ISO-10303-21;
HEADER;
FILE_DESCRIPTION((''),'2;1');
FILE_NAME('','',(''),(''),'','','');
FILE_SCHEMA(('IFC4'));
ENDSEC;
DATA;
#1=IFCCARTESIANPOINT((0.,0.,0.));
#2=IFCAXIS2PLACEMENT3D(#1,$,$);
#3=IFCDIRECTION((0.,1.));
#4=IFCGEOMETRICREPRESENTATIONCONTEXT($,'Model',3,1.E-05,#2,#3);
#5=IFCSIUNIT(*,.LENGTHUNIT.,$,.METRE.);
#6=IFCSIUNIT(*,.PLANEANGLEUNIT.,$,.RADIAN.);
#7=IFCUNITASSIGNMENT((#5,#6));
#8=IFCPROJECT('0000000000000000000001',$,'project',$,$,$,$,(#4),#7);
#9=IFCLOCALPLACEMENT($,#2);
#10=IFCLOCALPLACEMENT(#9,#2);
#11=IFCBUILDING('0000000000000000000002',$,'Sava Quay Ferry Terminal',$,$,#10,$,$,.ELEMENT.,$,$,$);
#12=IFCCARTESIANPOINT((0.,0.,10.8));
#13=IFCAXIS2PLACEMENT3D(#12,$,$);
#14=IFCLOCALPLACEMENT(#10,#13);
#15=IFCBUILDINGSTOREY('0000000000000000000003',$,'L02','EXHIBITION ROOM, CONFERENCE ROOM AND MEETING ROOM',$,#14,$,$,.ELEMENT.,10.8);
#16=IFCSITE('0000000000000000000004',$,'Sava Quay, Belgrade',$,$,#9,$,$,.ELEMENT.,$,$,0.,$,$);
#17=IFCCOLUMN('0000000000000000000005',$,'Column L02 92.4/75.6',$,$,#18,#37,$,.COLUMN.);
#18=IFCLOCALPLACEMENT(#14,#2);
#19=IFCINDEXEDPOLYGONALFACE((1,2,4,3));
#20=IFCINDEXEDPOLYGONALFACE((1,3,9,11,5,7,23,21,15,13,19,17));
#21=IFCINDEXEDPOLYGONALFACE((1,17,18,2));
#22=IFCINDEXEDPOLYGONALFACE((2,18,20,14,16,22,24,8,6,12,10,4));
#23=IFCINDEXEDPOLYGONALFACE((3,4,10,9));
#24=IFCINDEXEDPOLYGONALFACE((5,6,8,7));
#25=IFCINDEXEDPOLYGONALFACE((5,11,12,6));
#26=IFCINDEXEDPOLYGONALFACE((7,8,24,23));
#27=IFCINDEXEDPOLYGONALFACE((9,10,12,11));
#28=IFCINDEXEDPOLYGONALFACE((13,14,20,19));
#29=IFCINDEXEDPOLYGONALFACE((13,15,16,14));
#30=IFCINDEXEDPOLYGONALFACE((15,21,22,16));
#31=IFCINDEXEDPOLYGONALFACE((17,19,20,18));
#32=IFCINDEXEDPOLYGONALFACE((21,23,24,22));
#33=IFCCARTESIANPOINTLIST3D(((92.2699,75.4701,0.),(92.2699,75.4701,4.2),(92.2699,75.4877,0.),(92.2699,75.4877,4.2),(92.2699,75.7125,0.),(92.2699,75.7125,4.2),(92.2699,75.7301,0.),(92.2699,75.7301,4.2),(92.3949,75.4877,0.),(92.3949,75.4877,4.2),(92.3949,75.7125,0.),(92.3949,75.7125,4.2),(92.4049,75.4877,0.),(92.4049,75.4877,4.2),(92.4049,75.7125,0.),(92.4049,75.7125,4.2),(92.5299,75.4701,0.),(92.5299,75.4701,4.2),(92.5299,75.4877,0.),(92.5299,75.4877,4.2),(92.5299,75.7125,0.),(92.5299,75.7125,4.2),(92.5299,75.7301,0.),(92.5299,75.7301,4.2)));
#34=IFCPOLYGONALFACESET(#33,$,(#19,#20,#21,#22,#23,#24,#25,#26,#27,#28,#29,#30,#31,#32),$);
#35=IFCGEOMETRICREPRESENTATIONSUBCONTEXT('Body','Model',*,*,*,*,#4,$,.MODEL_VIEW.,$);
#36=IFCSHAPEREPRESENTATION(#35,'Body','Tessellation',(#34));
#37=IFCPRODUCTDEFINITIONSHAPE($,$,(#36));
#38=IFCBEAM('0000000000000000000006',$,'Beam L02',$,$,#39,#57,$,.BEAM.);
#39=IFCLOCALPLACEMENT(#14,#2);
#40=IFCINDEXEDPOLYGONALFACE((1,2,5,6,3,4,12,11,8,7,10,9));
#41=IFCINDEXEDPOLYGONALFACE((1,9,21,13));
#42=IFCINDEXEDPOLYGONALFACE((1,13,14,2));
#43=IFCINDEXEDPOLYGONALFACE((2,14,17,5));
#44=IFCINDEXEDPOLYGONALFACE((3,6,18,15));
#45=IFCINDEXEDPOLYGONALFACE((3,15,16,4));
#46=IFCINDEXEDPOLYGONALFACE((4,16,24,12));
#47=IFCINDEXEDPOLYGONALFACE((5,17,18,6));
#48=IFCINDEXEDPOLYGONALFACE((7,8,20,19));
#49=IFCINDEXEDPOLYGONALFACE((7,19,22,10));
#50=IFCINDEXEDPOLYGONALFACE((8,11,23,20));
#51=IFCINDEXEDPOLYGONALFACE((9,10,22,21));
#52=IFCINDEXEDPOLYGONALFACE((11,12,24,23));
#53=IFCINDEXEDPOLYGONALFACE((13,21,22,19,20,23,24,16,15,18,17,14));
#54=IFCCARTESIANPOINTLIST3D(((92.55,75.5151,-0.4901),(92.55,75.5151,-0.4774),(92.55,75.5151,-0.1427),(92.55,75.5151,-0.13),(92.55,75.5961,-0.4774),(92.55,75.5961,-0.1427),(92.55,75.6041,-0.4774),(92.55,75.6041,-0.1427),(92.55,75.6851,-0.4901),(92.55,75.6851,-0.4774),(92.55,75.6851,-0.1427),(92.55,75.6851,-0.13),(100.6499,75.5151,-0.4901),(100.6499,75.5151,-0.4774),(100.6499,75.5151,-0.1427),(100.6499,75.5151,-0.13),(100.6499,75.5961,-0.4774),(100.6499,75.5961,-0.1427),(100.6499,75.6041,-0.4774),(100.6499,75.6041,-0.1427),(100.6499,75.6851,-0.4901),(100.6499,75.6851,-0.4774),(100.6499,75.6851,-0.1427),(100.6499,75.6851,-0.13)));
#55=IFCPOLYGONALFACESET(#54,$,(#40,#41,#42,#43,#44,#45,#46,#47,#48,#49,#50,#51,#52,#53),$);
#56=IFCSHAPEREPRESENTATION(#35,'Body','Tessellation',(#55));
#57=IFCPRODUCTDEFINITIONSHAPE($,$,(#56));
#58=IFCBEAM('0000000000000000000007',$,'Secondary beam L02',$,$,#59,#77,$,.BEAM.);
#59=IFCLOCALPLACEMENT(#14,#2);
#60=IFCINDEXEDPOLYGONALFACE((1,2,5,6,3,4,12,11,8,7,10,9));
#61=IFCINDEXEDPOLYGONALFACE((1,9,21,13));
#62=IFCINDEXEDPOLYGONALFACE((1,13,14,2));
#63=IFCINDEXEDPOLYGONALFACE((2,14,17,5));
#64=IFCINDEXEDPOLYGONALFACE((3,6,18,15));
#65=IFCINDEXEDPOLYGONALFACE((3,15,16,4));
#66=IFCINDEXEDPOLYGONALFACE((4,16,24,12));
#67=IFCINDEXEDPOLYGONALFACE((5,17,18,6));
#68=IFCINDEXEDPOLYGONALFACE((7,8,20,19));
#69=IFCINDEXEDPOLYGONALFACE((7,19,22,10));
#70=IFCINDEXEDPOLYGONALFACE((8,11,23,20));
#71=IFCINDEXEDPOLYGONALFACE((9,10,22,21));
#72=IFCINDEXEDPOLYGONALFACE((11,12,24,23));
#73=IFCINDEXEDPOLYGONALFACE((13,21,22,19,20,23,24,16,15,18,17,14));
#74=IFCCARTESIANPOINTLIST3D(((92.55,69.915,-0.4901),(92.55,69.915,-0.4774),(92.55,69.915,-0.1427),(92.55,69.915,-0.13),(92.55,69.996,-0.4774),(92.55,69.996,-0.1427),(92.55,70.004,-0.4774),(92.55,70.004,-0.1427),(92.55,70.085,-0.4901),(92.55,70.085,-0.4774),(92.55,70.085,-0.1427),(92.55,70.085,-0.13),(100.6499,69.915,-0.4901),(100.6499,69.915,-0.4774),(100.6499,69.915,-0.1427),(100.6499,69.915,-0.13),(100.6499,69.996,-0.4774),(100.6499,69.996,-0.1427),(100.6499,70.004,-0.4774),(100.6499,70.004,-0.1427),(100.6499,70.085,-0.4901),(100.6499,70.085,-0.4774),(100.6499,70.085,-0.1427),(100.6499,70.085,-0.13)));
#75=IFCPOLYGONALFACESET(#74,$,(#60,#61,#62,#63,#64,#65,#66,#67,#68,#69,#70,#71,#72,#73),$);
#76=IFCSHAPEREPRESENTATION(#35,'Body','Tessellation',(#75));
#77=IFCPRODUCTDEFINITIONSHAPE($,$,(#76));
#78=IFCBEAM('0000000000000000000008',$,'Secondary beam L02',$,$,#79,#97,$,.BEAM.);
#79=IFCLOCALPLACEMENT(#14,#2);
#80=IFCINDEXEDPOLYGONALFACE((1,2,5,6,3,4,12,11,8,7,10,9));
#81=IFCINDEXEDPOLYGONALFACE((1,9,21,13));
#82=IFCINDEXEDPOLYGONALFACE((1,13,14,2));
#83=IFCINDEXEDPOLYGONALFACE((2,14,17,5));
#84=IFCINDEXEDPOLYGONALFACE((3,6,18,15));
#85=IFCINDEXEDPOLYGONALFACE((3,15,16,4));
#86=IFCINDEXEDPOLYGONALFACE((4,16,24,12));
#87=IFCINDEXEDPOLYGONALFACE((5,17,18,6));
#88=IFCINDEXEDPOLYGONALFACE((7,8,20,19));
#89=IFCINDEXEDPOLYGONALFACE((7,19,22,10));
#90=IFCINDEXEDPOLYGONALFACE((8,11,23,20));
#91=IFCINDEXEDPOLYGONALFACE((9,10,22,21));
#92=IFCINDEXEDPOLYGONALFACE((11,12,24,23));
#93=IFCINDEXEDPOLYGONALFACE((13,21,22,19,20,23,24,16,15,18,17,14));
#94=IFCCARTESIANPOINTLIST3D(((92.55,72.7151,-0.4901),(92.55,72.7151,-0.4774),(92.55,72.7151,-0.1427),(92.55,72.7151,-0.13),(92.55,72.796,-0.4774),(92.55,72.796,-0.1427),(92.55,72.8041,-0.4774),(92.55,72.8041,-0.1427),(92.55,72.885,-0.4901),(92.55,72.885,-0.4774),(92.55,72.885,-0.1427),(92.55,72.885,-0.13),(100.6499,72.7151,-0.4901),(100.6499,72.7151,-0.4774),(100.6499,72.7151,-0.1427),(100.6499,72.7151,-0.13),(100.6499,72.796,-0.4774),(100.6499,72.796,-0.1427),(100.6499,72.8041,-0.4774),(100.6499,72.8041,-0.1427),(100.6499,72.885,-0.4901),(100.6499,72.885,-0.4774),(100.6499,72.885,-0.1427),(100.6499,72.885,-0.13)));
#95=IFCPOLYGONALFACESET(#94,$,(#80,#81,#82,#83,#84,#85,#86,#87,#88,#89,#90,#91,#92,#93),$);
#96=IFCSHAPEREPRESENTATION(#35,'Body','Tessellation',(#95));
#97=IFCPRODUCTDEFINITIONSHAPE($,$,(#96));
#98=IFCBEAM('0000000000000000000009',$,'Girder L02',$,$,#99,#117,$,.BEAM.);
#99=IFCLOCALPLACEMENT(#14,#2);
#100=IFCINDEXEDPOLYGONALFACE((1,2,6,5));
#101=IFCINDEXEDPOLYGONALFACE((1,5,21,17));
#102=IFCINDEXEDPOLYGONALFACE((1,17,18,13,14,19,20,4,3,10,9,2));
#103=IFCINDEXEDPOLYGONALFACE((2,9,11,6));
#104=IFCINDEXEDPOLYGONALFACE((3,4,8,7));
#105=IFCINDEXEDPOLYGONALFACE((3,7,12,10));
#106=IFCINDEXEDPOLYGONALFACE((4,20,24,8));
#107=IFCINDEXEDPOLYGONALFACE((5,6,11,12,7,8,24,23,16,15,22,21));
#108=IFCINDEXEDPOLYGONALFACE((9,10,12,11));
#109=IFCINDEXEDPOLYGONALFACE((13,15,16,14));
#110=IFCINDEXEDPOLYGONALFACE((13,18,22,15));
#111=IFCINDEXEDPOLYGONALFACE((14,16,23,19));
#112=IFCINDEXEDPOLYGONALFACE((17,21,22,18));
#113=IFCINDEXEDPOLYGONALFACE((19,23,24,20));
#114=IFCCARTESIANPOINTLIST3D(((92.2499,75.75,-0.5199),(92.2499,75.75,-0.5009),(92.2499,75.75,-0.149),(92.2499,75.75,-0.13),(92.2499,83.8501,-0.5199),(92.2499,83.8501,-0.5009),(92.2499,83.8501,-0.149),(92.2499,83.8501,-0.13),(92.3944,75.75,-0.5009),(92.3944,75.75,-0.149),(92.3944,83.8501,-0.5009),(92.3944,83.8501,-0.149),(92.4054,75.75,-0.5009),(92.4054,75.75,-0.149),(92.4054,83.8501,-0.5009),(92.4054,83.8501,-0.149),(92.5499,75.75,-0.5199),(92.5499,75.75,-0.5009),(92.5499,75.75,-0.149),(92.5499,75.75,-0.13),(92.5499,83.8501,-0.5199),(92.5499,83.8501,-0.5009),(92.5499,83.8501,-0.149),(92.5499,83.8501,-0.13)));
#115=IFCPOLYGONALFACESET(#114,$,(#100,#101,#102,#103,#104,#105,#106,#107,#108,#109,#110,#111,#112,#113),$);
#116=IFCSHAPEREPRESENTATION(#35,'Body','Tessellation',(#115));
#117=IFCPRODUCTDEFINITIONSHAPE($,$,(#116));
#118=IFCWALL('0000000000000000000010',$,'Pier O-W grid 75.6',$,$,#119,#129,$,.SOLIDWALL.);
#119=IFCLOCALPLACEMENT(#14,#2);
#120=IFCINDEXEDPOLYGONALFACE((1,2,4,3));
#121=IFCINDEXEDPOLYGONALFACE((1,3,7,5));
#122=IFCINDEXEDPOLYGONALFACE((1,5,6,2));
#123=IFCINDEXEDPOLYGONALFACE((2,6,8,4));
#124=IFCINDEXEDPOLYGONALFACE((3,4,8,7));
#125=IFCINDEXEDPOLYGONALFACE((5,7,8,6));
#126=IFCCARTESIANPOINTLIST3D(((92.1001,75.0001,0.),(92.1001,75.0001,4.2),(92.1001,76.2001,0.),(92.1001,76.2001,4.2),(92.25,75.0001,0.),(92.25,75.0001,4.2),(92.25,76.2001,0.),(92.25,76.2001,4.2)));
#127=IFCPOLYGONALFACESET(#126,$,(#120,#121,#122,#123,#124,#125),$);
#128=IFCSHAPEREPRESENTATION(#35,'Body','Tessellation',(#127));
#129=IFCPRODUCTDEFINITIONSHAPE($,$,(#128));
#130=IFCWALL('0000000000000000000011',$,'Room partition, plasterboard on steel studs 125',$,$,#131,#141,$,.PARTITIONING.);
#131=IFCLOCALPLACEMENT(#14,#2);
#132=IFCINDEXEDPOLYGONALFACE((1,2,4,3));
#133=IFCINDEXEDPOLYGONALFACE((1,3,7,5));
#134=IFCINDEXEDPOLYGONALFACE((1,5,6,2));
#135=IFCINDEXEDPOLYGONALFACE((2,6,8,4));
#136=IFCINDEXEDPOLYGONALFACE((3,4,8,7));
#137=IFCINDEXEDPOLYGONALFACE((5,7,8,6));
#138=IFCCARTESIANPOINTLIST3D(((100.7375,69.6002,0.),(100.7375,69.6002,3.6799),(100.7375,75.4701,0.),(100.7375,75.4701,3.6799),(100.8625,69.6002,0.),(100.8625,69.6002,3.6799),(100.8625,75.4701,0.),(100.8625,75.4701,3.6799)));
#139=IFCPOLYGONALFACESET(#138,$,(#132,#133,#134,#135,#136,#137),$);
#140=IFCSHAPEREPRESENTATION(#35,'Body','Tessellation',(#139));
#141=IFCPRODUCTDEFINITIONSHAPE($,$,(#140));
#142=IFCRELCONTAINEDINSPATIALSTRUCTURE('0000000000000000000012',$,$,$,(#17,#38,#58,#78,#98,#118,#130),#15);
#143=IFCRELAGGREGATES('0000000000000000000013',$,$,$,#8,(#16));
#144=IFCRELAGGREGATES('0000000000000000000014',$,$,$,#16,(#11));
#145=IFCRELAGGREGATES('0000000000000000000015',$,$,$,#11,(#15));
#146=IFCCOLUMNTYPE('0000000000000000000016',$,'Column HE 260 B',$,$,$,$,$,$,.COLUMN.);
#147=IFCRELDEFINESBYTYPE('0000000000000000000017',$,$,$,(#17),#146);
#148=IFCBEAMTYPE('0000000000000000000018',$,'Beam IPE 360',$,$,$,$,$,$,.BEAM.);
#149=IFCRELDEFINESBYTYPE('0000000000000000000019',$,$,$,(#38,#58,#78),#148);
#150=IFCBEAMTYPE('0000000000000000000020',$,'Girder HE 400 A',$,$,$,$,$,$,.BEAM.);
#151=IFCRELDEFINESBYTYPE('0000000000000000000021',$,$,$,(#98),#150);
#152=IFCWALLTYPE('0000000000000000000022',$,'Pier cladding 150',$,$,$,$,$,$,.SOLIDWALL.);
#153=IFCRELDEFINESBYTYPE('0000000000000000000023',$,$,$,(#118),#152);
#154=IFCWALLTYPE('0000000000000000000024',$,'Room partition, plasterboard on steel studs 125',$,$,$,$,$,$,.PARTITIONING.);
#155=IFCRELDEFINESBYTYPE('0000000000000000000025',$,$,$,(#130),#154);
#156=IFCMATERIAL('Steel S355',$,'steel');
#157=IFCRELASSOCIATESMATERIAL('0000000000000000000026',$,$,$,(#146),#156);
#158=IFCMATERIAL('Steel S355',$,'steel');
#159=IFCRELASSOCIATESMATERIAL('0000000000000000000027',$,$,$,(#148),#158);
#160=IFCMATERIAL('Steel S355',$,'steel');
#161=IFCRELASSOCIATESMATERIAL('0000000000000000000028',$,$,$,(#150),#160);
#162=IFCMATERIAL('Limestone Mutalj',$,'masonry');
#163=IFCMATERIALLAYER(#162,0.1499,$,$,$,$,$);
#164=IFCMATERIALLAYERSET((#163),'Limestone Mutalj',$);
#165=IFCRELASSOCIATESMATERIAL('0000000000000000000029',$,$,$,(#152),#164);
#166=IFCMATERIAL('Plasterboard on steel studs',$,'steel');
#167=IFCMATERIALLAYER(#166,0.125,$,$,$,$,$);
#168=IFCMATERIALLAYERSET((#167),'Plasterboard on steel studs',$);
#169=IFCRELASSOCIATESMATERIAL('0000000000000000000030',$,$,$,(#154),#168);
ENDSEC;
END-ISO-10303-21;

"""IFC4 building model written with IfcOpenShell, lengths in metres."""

from ifc_helpers import new_model, si_unit, direction, frame, frame_2d, origin, origin_2d, place, context, subcontext, project, spatial, rectangle, i_section, extrude, material, layer, layer_set, material_profile, profile_set, type_object, element, save


model = new_model("IFC4")

# Units and contexts
model_context = context("Model", 3, precision=1e-05, world=origin(), true_north=direction((0.0, 1.0)))
body_context = subcontext(model_context, "Body", "Model", "MODEL_VIEW")
ifc_project = project(units=[si_unit("LENGTHUNIT", "METRE"), si_unit("PLANEANGLEUNIT", "RADIAN")], contexts=[model_context])

# Site, building, storey
site_placement = place(None, origin())
site = spatial("IfcSite", under=ifc_project, at=site_placement, Name="Sava Quay, Belgrade", CompositionType="ELEMENT", RefElevation=0.0)
building_placement = place(site_placement, origin())
building = spatial("IfcBuilding", under=site, at=building_placement, Name="Sava Quay Ferry Terminal", CompositionType="ELEMENT")
storey_placement = place(building_placement, frame((0.0, 0.0, 10.8)))
storey = spatial("IfcBuildingStorey", under=building, at=storey_placement, Name="L02", Description="EXHIBITION ROOM, CONFERENCE ROOM AND MEETING ROOM", CompositionType="ELEMENT", Elevation=10.8)

# Column
ifc_material_1 = material(Name="Steel S355", Category="steel")
ifc_material_profile_1 = material_profile(ifc_material_1, i_section(OverallWidth=0.26, OverallDepth=0.26, WebThickness=0.01, FlangeThickness=0.0176, at=origin_2d()), Name="HE 260 B")
ifc_profile_set_1 = profile_set([ifc_material_profile_1], Name="Steel S355")
column_type = type_object("IfcColumnType", Name="Column HE 260 B", PredefinedType="COLUMN", material=ifc_profile_set_1)
column_placement = place(storey_placement, frame((92.3999, 75.6001, 0.0), z_axis=(0.0, 0.0, 1.0), x_axis=(1.0, 0.0, 0.0)))
element("IfcColumn", 1, at=column_placement, inside=storey, type_object=column_type, Name="Column L02 92.4/75.6", PredefinedType="COLUMN", context=body_context, shape_type="SweptSolid", body=[
    extrude(i_section(OverallWidth=0.26, OverallDepth=0.26, WebThickness=0.01, FlangeThickness=0.0176, at=origin_2d()), origin(), (0.0, 0.0, 1.0), 4.2),
])

# Beams
ifc_material_2 = material(Name="Steel S355", Category="steel")
ifc_material_profile_2 = material_profile(ifc_material_2, i_section(OverallWidth=0.1699, OverallDepth=0.3601, WebThickness=0.0081, FlangeThickness=0.0127, at=origin_2d()), Name="IPE 360")
ifc_profile_set_2 = profile_set([ifc_material_profile_2], Name="Steel S355")
beam_type_1 = type_object("IfcBeamType", Name="Beam IPE 360", PredefinedType="BEAM", material=ifc_profile_set_2)
for number, where, z_axis, x_axis, name in (
    (2, (92.55, 75.6001, -0.3101), (1.0, 0.0, 0.0), (0.0, 1.0, 0.0), "Beam L02"),
    (3, (92.55, 70.0, -0.3101), (1.0, 0.0, 0.0), (0.0, 1.0, 0.0), "Secondary beam L02"),
    (4, (92.55, 72.8, -0.3101), (1.0, 0.0, 0.0), (0.0, 1.0, 0.0), "Secondary beam L02"),
):
    element("IfcBeam", number, at=place(storey_placement, frame(where, z_axis=z_axis, x_axis=x_axis)), inside=storey, type_object=beam_type_1, Name=name, PredefinedType="BEAM", context=body_context, shape_type="SweptSolid", body=[
        extrude(i_section(OverallWidth=0.1699, OverallDepth=0.3601, WebThickness=0.0081, FlangeThickness=0.0127, at=origin_2d()), origin(), (0.0, 0.0, 1.0), 8.0999),
    ])
ifc_material_3 = material(Name="Steel S355", Category="steel")
ifc_material_profile_3 = material_profile(ifc_material_3, i_section(OverallWidth=0.3, OverallDepth=0.3899, WebThickness=0.011, FlangeThickness=0.019, at=origin_2d()), Name="HE 400 A")
ifc_profile_set_3 = profile_set([ifc_material_profile_3], Name="Steel S355")
beam_type_2 = type_object("IfcBeamType", Name="Girder HE 400 A", PredefinedType="BEAM", material=ifc_profile_set_3)
beam_placement = place(storey_placement, frame((92.3999, 75.75, -0.325), z_axis=(0.0, 1.0, 0.0), x_axis=(-1.0, 0.0, 0.0)))
element("IfcBeam", 5, at=beam_placement, inside=storey, type_object=beam_type_2, Name="Girder L02", PredefinedType="BEAM", context=body_context, shape_type="SweptSolid", body=[
    extrude(i_section(OverallWidth=0.3, OverallDepth=0.3899, WebThickness=0.011, FlangeThickness=0.019, at=origin_2d()), origin(), (0.0, 0.0, 1.0), 8.1001),
])

# Walls
ifc_material_4 = material(Name="Limestone Mutalj", Category="masonry")
ifc_layer_1 = layer(ifc_material_4, 0.1499)
ifc_layer_set_1 = layer_set([ifc_layer_1], Name="Limestone Mutalj")
wall_type_1 = type_object("IfcWallType", Name="Pier cladding 150", PredefinedType="SOLIDWALL", material=ifc_layer_set_1)
wall_1_placement = place(storey_placement, frame((92.175, 75.0, 0.0), z_axis=(0.0, 0.0, 1.0), x_axis=(0.0, 1.0, 0.0)))
element("IfcWall", 6, at=wall_1_placement, inside=storey, type_object=wall_type_1, Name="Pier O-W grid 75.6", PredefinedType="SOLIDWALL", context=body_context, shape_type="SweptSolid", body=[
    extrude(rectangle(XDim=1.2, YDim=0.1499, at=frame_2d((0.6001, 0.0))), origin(), (0.0, 0.0, 1.0), 4.2),
])
ifc_material_5 = material(Name="Plasterboard on steel studs", Category="steel")
ifc_layer_2 = layer(ifc_material_5, 0.125)
ifc_layer_set_2 = layer_set([ifc_layer_2], Name="Plasterboard on steel studs")
wall_type_2 = type_object("IfcWallType", Name="Room partition, plasterboard on steel studs 125", PredefinedType="PARTITIONING", material=ifc_layer_set_2)
wall_2_placement = place(storey_placement, frame((100.8, 69.6001, 0.0), z_axis=(0.0, 0.0, 1.0), x_axis=(0.0, 1.0, 0.0)))
element("IfcWall", 7, at=wall_2_placement, inside=storey, type_object=wall_type_2, Name="Room partition, plasterboard on steel studs 125", PredefinedType="PARTITIONING", context=body_context, shape_type="SweptSolid", body=[
    extrude(rectangle(XDim=5.8699, YDim=0.125, at=frame_2d((2.9351, 0.0))), origin(), (0.0, 0.0, 1.0), 3.6799),
])

save(model, "model.ifc")
